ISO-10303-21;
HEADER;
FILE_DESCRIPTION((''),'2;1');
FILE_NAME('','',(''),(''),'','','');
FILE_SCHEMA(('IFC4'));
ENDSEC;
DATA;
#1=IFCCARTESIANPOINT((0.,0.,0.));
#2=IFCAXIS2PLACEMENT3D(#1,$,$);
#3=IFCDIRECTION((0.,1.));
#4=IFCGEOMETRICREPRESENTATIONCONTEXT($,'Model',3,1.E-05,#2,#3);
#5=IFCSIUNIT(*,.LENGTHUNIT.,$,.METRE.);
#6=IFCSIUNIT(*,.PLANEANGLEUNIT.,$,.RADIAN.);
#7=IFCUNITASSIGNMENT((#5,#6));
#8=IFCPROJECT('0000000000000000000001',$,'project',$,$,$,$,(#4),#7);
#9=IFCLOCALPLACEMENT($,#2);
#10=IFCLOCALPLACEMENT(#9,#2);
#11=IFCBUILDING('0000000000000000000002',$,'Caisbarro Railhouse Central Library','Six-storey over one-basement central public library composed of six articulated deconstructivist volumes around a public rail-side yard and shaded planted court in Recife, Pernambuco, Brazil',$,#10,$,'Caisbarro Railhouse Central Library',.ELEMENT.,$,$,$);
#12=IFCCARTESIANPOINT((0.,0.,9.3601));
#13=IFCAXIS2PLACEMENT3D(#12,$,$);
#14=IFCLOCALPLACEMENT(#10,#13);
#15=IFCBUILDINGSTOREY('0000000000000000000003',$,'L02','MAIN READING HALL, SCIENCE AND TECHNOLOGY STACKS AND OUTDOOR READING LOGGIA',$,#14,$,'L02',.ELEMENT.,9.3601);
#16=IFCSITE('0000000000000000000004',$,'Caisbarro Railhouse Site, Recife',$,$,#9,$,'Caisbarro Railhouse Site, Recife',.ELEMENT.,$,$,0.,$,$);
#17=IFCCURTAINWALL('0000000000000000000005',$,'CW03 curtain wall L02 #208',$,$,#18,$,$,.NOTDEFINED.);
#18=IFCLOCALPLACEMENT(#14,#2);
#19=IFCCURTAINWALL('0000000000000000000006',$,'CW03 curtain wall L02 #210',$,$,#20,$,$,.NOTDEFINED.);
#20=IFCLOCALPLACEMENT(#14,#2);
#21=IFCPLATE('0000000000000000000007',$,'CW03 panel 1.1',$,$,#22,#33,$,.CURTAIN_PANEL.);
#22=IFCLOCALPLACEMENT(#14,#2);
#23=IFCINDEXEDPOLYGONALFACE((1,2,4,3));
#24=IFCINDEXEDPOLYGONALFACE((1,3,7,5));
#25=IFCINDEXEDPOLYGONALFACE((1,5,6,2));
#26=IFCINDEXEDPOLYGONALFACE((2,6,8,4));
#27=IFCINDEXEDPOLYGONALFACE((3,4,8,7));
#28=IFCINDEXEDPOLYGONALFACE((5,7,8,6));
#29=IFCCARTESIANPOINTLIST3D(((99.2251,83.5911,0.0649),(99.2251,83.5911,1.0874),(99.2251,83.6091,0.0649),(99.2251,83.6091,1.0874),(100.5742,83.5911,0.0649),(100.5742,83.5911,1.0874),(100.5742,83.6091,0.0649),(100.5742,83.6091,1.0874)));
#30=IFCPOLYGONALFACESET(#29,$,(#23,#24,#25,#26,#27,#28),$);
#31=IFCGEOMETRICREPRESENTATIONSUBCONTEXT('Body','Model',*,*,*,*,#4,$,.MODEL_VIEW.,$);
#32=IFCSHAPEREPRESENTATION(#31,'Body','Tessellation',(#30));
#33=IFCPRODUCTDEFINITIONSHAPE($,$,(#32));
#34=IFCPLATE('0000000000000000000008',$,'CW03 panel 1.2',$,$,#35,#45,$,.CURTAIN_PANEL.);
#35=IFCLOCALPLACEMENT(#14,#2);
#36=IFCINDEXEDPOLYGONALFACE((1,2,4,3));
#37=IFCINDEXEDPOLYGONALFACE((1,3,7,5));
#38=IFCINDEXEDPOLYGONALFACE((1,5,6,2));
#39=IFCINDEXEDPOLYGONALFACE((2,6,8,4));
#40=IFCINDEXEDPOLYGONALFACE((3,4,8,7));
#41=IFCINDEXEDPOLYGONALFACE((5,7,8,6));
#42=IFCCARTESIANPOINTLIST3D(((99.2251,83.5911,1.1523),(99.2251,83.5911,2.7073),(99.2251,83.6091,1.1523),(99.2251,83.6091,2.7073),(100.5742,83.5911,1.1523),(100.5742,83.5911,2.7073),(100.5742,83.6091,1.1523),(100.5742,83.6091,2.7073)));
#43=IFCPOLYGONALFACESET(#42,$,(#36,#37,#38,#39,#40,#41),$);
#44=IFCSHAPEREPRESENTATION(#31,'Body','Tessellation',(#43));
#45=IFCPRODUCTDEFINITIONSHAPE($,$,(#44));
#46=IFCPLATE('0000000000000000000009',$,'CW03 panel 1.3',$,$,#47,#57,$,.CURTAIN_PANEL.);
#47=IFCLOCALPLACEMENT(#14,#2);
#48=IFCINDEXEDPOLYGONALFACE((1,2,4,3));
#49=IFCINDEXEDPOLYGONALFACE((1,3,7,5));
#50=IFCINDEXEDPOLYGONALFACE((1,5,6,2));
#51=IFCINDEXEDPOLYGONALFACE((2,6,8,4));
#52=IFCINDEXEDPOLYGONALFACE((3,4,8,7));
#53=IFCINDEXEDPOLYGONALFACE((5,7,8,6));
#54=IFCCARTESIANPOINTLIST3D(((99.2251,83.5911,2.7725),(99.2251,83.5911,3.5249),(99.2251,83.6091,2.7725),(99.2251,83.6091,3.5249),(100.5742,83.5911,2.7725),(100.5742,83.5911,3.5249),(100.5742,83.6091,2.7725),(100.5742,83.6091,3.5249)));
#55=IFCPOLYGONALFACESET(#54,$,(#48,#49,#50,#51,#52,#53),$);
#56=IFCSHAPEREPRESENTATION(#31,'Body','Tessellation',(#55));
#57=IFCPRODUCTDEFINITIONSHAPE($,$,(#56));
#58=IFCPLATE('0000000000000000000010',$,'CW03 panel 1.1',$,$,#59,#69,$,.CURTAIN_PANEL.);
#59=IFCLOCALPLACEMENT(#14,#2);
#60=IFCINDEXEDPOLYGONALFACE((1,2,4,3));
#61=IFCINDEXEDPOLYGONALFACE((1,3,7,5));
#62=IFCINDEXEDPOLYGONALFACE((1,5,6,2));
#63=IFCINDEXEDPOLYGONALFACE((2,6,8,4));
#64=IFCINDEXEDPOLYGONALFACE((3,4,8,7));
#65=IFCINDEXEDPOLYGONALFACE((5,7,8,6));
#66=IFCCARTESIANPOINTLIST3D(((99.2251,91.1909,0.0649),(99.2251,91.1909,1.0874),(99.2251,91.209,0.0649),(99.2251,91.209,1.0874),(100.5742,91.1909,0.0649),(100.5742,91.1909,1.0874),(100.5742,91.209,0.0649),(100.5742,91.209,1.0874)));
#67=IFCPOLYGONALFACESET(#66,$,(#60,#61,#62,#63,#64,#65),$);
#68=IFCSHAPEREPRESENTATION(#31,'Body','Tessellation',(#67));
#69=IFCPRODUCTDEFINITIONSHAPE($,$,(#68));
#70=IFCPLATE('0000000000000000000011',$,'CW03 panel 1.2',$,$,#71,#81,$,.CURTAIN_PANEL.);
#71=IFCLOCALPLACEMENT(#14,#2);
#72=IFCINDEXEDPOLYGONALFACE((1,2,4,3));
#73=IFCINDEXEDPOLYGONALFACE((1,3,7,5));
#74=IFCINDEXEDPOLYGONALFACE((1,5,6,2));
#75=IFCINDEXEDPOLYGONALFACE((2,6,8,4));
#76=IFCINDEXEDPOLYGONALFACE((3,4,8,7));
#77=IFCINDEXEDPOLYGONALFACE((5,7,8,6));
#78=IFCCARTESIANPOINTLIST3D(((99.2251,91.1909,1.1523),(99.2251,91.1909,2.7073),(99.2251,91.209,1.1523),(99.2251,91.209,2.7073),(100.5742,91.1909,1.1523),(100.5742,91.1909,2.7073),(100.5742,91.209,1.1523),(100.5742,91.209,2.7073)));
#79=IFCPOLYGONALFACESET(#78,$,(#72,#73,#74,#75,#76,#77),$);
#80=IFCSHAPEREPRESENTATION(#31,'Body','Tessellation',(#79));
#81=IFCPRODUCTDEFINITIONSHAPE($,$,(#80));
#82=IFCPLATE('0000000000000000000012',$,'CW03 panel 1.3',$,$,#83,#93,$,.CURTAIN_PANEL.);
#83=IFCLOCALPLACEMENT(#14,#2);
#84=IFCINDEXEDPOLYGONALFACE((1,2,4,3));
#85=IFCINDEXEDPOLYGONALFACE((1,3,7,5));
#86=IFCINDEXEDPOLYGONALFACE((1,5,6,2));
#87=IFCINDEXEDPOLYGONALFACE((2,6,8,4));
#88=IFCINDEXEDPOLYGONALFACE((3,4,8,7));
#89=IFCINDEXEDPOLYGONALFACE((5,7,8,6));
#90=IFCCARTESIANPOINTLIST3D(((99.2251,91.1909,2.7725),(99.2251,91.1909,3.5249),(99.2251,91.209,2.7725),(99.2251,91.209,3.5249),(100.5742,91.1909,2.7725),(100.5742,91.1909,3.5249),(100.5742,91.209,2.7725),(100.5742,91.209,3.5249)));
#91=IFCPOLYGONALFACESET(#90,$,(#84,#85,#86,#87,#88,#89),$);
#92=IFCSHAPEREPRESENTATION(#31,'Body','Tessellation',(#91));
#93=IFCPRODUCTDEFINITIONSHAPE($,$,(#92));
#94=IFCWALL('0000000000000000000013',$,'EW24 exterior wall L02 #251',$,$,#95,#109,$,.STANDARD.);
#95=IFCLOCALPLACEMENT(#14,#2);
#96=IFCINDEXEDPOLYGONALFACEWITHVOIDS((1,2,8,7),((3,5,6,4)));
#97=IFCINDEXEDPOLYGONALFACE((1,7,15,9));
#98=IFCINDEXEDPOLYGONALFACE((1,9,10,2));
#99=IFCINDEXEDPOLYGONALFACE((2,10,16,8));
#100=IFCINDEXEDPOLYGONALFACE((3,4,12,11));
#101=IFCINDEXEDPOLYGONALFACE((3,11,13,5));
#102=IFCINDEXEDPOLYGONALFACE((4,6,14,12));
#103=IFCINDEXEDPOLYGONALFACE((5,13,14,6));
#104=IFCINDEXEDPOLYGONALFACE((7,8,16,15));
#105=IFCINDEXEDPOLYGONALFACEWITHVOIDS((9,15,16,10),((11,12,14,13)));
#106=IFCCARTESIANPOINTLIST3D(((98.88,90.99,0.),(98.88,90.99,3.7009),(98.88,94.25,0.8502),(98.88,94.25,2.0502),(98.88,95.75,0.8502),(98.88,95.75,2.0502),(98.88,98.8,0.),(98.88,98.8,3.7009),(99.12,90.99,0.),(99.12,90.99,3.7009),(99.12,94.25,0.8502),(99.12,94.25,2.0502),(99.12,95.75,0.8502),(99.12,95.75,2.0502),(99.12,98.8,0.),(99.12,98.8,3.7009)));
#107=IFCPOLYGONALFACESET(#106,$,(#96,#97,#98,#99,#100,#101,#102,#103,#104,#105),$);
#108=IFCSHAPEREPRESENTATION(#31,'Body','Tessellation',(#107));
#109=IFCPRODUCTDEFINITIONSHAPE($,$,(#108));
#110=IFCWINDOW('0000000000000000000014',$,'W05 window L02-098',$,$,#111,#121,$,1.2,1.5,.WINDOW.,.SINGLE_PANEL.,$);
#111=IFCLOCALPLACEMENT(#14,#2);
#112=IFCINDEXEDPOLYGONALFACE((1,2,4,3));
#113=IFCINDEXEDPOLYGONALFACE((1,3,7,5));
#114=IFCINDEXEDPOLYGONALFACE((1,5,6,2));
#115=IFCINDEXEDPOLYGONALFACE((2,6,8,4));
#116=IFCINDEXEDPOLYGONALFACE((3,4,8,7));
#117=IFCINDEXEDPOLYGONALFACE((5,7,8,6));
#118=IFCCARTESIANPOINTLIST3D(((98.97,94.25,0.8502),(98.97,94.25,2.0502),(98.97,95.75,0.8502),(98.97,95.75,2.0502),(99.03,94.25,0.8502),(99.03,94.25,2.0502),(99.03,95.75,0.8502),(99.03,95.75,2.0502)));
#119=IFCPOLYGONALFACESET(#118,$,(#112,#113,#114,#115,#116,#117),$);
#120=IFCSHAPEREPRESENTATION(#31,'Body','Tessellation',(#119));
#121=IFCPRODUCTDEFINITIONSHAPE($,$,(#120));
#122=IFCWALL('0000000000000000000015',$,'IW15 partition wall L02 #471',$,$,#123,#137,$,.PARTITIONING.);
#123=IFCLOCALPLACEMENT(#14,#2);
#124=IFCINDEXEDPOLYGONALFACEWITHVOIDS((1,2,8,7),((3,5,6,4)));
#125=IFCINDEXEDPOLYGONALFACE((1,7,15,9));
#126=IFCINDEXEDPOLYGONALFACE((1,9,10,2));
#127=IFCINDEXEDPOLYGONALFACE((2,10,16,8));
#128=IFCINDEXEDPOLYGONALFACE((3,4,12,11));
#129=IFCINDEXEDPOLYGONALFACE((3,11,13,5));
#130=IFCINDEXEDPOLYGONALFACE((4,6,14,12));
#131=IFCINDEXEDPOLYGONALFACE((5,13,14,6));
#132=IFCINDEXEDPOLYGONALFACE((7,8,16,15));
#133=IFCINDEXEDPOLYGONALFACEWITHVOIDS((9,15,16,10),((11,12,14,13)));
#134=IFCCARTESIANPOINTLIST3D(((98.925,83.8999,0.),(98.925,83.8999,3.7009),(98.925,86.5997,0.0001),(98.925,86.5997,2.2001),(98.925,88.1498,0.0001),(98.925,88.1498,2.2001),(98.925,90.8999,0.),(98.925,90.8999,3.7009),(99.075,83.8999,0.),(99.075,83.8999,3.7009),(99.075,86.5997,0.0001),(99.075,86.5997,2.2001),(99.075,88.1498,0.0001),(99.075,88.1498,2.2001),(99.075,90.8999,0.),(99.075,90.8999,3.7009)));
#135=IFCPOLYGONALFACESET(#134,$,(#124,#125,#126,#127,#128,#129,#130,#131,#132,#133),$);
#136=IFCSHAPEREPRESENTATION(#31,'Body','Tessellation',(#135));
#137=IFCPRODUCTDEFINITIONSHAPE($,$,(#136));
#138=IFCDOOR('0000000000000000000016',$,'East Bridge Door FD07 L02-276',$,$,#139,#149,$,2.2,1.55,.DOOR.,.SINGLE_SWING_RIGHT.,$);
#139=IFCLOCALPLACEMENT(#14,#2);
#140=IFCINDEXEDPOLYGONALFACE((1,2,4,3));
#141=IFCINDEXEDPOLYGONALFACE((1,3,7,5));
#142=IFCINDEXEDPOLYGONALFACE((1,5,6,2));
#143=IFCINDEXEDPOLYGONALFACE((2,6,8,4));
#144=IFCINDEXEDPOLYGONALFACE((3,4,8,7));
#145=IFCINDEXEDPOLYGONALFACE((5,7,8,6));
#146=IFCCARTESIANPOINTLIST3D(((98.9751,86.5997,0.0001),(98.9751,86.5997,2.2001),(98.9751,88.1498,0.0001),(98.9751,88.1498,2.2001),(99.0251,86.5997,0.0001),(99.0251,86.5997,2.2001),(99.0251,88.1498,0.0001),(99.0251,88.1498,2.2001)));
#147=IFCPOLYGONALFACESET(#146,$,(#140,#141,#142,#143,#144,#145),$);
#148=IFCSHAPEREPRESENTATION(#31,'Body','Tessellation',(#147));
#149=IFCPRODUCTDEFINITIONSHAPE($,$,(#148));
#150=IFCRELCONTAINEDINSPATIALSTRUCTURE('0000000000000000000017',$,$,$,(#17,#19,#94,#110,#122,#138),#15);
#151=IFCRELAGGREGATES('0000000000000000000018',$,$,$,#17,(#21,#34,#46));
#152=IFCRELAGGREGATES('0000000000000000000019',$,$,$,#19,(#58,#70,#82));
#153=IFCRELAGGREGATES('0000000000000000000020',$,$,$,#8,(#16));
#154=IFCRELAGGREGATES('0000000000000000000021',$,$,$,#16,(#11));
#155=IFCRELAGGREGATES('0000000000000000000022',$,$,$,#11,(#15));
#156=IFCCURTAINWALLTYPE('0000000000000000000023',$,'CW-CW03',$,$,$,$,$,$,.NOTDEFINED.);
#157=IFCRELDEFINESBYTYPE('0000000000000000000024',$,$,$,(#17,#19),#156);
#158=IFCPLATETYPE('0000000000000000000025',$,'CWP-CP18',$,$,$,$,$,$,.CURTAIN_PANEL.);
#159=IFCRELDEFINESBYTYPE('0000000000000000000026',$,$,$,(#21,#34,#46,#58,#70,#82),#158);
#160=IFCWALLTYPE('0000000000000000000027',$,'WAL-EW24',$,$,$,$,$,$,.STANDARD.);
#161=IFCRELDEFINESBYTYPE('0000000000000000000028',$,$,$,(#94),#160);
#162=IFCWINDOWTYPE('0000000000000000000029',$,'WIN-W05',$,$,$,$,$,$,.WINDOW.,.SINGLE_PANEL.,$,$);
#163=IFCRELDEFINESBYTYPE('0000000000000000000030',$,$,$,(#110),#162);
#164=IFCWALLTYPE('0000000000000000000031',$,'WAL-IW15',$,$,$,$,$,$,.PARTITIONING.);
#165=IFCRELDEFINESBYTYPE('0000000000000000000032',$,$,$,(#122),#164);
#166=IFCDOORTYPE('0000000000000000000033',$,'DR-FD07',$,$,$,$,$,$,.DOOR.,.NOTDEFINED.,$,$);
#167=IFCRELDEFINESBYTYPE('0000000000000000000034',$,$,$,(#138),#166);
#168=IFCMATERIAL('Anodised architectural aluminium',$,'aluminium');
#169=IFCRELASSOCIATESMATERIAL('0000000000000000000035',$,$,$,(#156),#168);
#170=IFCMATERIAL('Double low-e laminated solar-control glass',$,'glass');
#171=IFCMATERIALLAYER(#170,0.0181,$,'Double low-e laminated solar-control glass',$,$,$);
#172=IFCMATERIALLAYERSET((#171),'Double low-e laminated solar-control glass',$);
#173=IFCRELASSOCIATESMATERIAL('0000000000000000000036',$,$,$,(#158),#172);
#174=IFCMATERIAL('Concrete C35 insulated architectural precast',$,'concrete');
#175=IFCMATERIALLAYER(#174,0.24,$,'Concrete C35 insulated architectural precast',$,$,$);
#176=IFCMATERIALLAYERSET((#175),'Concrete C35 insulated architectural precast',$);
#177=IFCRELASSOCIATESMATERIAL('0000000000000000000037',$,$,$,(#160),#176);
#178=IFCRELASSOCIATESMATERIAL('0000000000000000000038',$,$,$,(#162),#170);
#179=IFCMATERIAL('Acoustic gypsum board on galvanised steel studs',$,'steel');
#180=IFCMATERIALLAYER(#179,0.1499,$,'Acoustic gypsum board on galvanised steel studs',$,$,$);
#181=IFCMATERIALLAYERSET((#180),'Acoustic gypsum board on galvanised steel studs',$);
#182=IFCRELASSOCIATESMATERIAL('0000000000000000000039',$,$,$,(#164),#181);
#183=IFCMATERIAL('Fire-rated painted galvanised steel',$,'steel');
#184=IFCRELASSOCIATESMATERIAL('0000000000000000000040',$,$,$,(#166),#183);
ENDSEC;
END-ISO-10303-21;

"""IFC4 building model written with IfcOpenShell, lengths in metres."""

from ifc_helpers import new_model, si_unit, direction, frame, frame_2d, origin, origin_2d, place, context, subcontext, project, spatial, rectangle, extrude, material, layer, layer_set, type_object, element, fill, aggregate, save


model = new_model("IFC4")

# Units and contexts
model_context = context("Model", 3, precision=1e-05, world=origin(), true_north=direction((0.0, 1.0)))
body_context = subcontext(model_context, "Body", "Model", "MODEL_VIEW")
ifc_project = project(units=[si_unit("LENGTHUNIT", "METRE"), si_unit("PLANEANGLEUNIT", "RADIAN")], contexts=[model_context])

# Site, building, storey
site_placement = place(None, origin())
site = spatial("IfcSite", under=ifc_project, at=site_placement, Name="Caisbarro Railhouse Site, Recife", LongName="Caisbarro Railhouse Site, Recife", CompositionType="ELEMENT", RefElevation=0.0)
building_placement = place(site_placement, origin())
building = spatial("IfcBuilding", under=site, at=building_placement, Name="Caisbarro Railhouse Central Library", Description="Six-storey over one-basement central public library composed of six articulated deconstructivist volumes around a public rail-side yard and shaded planted court in Recife, Pernambuco, Brazil", LongName="Caisbarro Railhouse Central Library", CompositionType="ELEMENT")
storey_placement = place(building_placement, frame((0.0, 0.0, 9.3601)))
storey = spatial("IfcBuildingStorey", under=building, at=storey_placement, Name="L02", Description="MAIN READING HALL, SCIENCE AND TECHNOLOGY STACKS AND OUTDOOR READING LOGGIA", LongName="L02", CompositionType="ELEMENT", Elevation=9.3601)

# Shared definitions
ifc_material_1 = material(Name="Anodised architectural aluminium", Category="aluminium")

# Curtain wall
curtain_wall_type_1 = type_object("IfcCurtainWallType", Name="CW-CW03", PredefinedType="NOTDEFINED", material=ifc_material_1)
curtain_wall_1_placement = place(storey_placement, origin())
curtain_wall_1 = element("IfcCurtainWall", 1, at=curtain_wall_1_placement, inside=storey, type_object=curtain_wall_type_1, Name="CW03 curtain wall L02 #208", PredefinedType="NOTDEFINED")

# Curtain wall
curtain_wall_2_placement = place(storey_placement, origin())
curtain_wall_2 = element("IfcCurtainWall", 2, at=curtain_wall_2_placement, inside=storey, type_object=curtain_wall_type_1, Name="CW03 curtain wall L02 #210", PredefinedType="NOTDEFINED")

# Plates
ifc_material_2 = material(Name="Double low-e laminated solar-control glass", Category="glass")
ifc_layer_1 = layer(ifc_material_2, 0.0181, Name="Double low-e laminated solar-control glass")
ifc_layer_set_1 = layer_set([ifc_layer_1], Name="Double low-e laminated solar-control glass")
plate_type = type_object("IfcPlateType", Name="CWP-CP18", PredefinedType="CURTAIN_PANEL", material=ifc_layer_set_1)
plate_1_placement = place(storey_placement, frame((99.8997, 83.6001, 0.0649), z_axis=(0.0, 0.0, 1.0), x_axis=(1.0, 0.0, 0.0)))
plate_1 = element("IfcPlate", 3, at=plate_1_placement, type_object=plate_type, Name="CW03 panel 1.1", PredefinedType="CURTAIN_PANEL", context=body_context, shape_type="SweptSolid", body=[
    extrude(rectangle(XDim=1.3491, YDim=0.0181, at=origin_2d()), origin(), (0.0, 0.0, 1.0), 1.0225),
])
plate_2_placement = place(storey_placement, frame((99.8997, 83.6001, 1.1523), z_axis=(0.0, 0.0, 1.0), x_axis=(1.0, 0.0, 0.0)))
plate_2 = element("IfcPlate", 4, at=plate_2_placement, type_object=plate_type, Name="CW03 panel 1.2", PredefinedType="CURTAIN_PANEL", context=body_context, shape_type="SweptSolid", body=[
    extrude(rectangle(XDim=1.3491, YDim=0.0181, at=origin_2d()), origin(), (0.0, 0.0, 1.0), 1.5549),
])
plate_3_placement = place(storey_placement, frame((99.8997, 83.6001, 2.7725), z_axis=(0.0, 0.0, 1.0), x_axis=(1.0, 0.0, 0.0)))
plate_3 = element("IfcPlate", 5, at=plate_3_placement, type_object=plate_type, Name="CW03 panel 1.3", PredefinedType="CURTAIN_PANEL", context=body_context, shape_type="SweptSolid", body=[
    extrude(rectangle(XDim=1.3491, YDim=0.0181, at=origin_2d()), origin(), (0.0, 0.0, 1.0), 0.7524),
])
aggregate(curtain_wall_1, [plate_1, plate_2, plate_3])
plate_4_placement = place(storey_placement, frame((99.8997, 91.2, 0.0649), z_axis=(0.0, 0.0, 1.0), x_axis=(1.0, 0.0, 0.0)))
plate_4 = element("IfcPlate", 6, at=plate_4_placement, type_object=plate_type, Name="CW03 panel 1.1", PredefinedType="CURTAIN_PANEL", context=body_context, shape_type="SweptSolid", body=[
    extrude(rectangle(XDim=1.3491, YDim=0.0181, at=origin_2d()), origin(), (0.0, 0.0, 1.0), 1.0225),
])
plate_5_placement = place(storey_placement, frame((99.8997, 91.2, 1.1523), z_axis=(0.0, 0.0, 1.0), x_axis=(1.0, 0.0, 0.0)))
plate_5 = element("IfcPlate", 7, at=plate_5_placement, type_object=plate_type, Name="CW03 panel 1.2", PredefinedType="CURTAIN_PANEL", context=body_context, shape_type="SweptSolid", body=[
    extrude(rectangle(XDim=1.3491, YDim=0.0181, at=origin_2d()), origin(), (0.0, 0.0, 1.0), 1.5549),
])
plate_6_placement = place(storey_placement, frame((99.8997, 91.2, 2.7725), z_axis=(0.0, 0.0, 1.0), x_axis=(1.0, 0.0, 0.0)))
plate_6 = element("IfcPlate", 8, at=plate_6_placement, type_object=plate_type, Name="CW03 panel 1.3", PredefinedType="CURTAIN_PANEL", context=body_context, shape_type="SweptSolid", body=[
    extrude(rectangle(XDim=1.3491, YDim=0.0181, at=origin_2d()), origin(), (0.0, 0.0, 1.0), 0.7524),
])
aggregate(curtain_wall_2, [plate_4, plate_5, plate_6])

# Wall, opening, window
ifc_material_3 = material(Name="Concrete C35 insulated architectural precast", Category="concrete")
ifc_layer_2 = layer(ifc_material_3, 0.24, Name="Concrete C35 insulated architectural precast")
ifc_layer_set_2 = layer_set([ifc_layer_2], Name="Concrete C35 insulated architectural precast")
wall_type_1 = type_object("IfcWallType", Name="WAL-EW24", PredefinedType="STANDARD", material=ifc_layer_set_2)
wall_1_placement = place(storey_placement, frame((99.0, 90.99, 0.0), z_axis=(0.0, 0.0, 1.0), x_axis=(0.0, 1.0, 0.0)))
wall_1 = element("IfcWall", 9, at=wall_1_placement, inside=storey, type_object=wall_type_1, Name="EW24 exterior wall L02 #251", PredefinedType="STANDARD", context=body_context, shape_type="SweptSolid", body=[
    extrude(rectangle(XDim=7.8101, YDim=0.24, at=frame_2d((3.905, 0.0))), origin(), (0.0, 0.0, 1.0), 3.7009),
])
opening_1_placement = place(wall_1_placement, frame((3.26, 0.0, 0.8501)))
opening_1 = element("IfcOpeningElement", 10, at=opening_1_placement, cuts=wall_1, PredefinedType="OPENING", context=body_context, shape_type="SweptSolid", body=[
    extrude(rectangle(XDim=1.5, YDim=1.2, at=frame_2d((0.75, 0.6001))), frame((0.0, 0.1299, 0.0), z_axis=(0.0, -1.0, 0.0), x_axis=(1.0, 0.0, 0.0)), (0.0, 0.0, 1.0), 0.26),
])
window_type = type_object("IfcWindowType", Name="WIN-W05", PartitioningType="SINGLE_PANEL", PredefinedType="WINDOW", material=ifc_material_2)
window_placement = place(opening_1_placement, origin())
window = element("IfcWindow", 11, at=window_placement, inside=storey, type_object=window_type, Name="W05 window L02-098", OverallHeight=1.2, OverallWidth=1.5, PartitioningType="SINGLE_PANEL", PredefinedType="WINDOW", context=body_context, shape_type="SweptSolid", body=[
    extrude(rectangle(XDim=1.5, YDim=1.2, at=frame_2d((0.75, 0.6001))), frame((0.0, 0.03, 0.0), z_axis=(0.0, -1.0, 0.0), x_axis=(1.0, 0.0, 0.0)), (0.0, 0.0, 1.0), 0.0601),
])
fill(opening_1, window)

# Wall, opening, door
ifc_material_4 = material(Name="Acoustic gypsum board on galvanised steel studs", Category="steel")
ifc_layer_3 = layer(ifc_material_4, 0.1499, Name="Acoustic gypsum board on galvanised steel studs")
ifc_layer_set_3 = layer_set([ifc_layer_3], Name="Acoustic gypsum board on galvanised steel studs")
wall_type_2 = type_object("IfcWallType", Name="WAL-IW15", PredefinedType="PARTITIONING", material=ifc_layer_set_3)
wall_2_placement = place(storey_placement, frame((99.0, 83.8999, 0.0), z_axis=(0.0, 0.0, 1.0), x_axis=(0.0, 1.0, 0.0)))
wall_2 = element("IfcWall", 12, at=wall_2_placement, inside=storey, type_object=wall_type_2, Name="IW15 partition wall L02 #471", PredefinedType="PARTITIONING", context=body_context, shape_type="SweptSolid", body=[
    extrude(rectangle(XDim=7.0, YDim=0.1499, at=frame_2d((3.5, 0.0))), origin(), (0.0, 0.0, 1.0), 3.7009),
])
opening_2_placement = place(wall_2_placement, frame((2.7, 0.0, 0.0)))
opening_2 = element("IfcOpeningElement", 13, at=opening_2_placement, cuts=wall_2, PredefinedType="OPENING", context=body_context, shape_type="SweptSolid", body=[
    extrude(rectangle(XDim=1.55, YDim=2.2, at=frame_2d((0.7749, 1.1001))), frame((0.0, 0.085, 0.0), z_axis=(0.0, -1.0, 0.0), x_axis=(1.0, 0.0, 0.0)), (0.0, 0.0, 1.0), 0.1699),
])
ifc_material_5 = material(Name="Fire-rated painted galvanised steel", Category="steel")
door_type = type_object("IfcDoorType", Name="DR-FD07", OperationType="NOTDEFINED", PredefinedType="DOOR", material=ifc_material_5)
door_placement = place(opening_2_placement, origin())
door = element("IfcDoor", 14, at=door_placement, inside=storey, type_object=door_type, Name="East Bridge Door FD07 L02-276", OperationType="SINGLE_SWING_RIGHT", OverallHeight=2.2, OverallWidth=1.55, PredefinedType="DOOR", context=body_context, shape_type="SweptSolid", body=[
    extrude(rectangle(XDim=1.55, YDim=2.2, at=frame_2d((0.7749, 1.1001))), frame((0.0, 0.0249, 0.0), z_axis=(0.0, -1.0, 0.0), x_axis=(1.0, 0.0, 0.0)), (0.0, 0.0, 1.0), 0.05),
])
fill(opening_2, door)

save(model, "model.ifc")
